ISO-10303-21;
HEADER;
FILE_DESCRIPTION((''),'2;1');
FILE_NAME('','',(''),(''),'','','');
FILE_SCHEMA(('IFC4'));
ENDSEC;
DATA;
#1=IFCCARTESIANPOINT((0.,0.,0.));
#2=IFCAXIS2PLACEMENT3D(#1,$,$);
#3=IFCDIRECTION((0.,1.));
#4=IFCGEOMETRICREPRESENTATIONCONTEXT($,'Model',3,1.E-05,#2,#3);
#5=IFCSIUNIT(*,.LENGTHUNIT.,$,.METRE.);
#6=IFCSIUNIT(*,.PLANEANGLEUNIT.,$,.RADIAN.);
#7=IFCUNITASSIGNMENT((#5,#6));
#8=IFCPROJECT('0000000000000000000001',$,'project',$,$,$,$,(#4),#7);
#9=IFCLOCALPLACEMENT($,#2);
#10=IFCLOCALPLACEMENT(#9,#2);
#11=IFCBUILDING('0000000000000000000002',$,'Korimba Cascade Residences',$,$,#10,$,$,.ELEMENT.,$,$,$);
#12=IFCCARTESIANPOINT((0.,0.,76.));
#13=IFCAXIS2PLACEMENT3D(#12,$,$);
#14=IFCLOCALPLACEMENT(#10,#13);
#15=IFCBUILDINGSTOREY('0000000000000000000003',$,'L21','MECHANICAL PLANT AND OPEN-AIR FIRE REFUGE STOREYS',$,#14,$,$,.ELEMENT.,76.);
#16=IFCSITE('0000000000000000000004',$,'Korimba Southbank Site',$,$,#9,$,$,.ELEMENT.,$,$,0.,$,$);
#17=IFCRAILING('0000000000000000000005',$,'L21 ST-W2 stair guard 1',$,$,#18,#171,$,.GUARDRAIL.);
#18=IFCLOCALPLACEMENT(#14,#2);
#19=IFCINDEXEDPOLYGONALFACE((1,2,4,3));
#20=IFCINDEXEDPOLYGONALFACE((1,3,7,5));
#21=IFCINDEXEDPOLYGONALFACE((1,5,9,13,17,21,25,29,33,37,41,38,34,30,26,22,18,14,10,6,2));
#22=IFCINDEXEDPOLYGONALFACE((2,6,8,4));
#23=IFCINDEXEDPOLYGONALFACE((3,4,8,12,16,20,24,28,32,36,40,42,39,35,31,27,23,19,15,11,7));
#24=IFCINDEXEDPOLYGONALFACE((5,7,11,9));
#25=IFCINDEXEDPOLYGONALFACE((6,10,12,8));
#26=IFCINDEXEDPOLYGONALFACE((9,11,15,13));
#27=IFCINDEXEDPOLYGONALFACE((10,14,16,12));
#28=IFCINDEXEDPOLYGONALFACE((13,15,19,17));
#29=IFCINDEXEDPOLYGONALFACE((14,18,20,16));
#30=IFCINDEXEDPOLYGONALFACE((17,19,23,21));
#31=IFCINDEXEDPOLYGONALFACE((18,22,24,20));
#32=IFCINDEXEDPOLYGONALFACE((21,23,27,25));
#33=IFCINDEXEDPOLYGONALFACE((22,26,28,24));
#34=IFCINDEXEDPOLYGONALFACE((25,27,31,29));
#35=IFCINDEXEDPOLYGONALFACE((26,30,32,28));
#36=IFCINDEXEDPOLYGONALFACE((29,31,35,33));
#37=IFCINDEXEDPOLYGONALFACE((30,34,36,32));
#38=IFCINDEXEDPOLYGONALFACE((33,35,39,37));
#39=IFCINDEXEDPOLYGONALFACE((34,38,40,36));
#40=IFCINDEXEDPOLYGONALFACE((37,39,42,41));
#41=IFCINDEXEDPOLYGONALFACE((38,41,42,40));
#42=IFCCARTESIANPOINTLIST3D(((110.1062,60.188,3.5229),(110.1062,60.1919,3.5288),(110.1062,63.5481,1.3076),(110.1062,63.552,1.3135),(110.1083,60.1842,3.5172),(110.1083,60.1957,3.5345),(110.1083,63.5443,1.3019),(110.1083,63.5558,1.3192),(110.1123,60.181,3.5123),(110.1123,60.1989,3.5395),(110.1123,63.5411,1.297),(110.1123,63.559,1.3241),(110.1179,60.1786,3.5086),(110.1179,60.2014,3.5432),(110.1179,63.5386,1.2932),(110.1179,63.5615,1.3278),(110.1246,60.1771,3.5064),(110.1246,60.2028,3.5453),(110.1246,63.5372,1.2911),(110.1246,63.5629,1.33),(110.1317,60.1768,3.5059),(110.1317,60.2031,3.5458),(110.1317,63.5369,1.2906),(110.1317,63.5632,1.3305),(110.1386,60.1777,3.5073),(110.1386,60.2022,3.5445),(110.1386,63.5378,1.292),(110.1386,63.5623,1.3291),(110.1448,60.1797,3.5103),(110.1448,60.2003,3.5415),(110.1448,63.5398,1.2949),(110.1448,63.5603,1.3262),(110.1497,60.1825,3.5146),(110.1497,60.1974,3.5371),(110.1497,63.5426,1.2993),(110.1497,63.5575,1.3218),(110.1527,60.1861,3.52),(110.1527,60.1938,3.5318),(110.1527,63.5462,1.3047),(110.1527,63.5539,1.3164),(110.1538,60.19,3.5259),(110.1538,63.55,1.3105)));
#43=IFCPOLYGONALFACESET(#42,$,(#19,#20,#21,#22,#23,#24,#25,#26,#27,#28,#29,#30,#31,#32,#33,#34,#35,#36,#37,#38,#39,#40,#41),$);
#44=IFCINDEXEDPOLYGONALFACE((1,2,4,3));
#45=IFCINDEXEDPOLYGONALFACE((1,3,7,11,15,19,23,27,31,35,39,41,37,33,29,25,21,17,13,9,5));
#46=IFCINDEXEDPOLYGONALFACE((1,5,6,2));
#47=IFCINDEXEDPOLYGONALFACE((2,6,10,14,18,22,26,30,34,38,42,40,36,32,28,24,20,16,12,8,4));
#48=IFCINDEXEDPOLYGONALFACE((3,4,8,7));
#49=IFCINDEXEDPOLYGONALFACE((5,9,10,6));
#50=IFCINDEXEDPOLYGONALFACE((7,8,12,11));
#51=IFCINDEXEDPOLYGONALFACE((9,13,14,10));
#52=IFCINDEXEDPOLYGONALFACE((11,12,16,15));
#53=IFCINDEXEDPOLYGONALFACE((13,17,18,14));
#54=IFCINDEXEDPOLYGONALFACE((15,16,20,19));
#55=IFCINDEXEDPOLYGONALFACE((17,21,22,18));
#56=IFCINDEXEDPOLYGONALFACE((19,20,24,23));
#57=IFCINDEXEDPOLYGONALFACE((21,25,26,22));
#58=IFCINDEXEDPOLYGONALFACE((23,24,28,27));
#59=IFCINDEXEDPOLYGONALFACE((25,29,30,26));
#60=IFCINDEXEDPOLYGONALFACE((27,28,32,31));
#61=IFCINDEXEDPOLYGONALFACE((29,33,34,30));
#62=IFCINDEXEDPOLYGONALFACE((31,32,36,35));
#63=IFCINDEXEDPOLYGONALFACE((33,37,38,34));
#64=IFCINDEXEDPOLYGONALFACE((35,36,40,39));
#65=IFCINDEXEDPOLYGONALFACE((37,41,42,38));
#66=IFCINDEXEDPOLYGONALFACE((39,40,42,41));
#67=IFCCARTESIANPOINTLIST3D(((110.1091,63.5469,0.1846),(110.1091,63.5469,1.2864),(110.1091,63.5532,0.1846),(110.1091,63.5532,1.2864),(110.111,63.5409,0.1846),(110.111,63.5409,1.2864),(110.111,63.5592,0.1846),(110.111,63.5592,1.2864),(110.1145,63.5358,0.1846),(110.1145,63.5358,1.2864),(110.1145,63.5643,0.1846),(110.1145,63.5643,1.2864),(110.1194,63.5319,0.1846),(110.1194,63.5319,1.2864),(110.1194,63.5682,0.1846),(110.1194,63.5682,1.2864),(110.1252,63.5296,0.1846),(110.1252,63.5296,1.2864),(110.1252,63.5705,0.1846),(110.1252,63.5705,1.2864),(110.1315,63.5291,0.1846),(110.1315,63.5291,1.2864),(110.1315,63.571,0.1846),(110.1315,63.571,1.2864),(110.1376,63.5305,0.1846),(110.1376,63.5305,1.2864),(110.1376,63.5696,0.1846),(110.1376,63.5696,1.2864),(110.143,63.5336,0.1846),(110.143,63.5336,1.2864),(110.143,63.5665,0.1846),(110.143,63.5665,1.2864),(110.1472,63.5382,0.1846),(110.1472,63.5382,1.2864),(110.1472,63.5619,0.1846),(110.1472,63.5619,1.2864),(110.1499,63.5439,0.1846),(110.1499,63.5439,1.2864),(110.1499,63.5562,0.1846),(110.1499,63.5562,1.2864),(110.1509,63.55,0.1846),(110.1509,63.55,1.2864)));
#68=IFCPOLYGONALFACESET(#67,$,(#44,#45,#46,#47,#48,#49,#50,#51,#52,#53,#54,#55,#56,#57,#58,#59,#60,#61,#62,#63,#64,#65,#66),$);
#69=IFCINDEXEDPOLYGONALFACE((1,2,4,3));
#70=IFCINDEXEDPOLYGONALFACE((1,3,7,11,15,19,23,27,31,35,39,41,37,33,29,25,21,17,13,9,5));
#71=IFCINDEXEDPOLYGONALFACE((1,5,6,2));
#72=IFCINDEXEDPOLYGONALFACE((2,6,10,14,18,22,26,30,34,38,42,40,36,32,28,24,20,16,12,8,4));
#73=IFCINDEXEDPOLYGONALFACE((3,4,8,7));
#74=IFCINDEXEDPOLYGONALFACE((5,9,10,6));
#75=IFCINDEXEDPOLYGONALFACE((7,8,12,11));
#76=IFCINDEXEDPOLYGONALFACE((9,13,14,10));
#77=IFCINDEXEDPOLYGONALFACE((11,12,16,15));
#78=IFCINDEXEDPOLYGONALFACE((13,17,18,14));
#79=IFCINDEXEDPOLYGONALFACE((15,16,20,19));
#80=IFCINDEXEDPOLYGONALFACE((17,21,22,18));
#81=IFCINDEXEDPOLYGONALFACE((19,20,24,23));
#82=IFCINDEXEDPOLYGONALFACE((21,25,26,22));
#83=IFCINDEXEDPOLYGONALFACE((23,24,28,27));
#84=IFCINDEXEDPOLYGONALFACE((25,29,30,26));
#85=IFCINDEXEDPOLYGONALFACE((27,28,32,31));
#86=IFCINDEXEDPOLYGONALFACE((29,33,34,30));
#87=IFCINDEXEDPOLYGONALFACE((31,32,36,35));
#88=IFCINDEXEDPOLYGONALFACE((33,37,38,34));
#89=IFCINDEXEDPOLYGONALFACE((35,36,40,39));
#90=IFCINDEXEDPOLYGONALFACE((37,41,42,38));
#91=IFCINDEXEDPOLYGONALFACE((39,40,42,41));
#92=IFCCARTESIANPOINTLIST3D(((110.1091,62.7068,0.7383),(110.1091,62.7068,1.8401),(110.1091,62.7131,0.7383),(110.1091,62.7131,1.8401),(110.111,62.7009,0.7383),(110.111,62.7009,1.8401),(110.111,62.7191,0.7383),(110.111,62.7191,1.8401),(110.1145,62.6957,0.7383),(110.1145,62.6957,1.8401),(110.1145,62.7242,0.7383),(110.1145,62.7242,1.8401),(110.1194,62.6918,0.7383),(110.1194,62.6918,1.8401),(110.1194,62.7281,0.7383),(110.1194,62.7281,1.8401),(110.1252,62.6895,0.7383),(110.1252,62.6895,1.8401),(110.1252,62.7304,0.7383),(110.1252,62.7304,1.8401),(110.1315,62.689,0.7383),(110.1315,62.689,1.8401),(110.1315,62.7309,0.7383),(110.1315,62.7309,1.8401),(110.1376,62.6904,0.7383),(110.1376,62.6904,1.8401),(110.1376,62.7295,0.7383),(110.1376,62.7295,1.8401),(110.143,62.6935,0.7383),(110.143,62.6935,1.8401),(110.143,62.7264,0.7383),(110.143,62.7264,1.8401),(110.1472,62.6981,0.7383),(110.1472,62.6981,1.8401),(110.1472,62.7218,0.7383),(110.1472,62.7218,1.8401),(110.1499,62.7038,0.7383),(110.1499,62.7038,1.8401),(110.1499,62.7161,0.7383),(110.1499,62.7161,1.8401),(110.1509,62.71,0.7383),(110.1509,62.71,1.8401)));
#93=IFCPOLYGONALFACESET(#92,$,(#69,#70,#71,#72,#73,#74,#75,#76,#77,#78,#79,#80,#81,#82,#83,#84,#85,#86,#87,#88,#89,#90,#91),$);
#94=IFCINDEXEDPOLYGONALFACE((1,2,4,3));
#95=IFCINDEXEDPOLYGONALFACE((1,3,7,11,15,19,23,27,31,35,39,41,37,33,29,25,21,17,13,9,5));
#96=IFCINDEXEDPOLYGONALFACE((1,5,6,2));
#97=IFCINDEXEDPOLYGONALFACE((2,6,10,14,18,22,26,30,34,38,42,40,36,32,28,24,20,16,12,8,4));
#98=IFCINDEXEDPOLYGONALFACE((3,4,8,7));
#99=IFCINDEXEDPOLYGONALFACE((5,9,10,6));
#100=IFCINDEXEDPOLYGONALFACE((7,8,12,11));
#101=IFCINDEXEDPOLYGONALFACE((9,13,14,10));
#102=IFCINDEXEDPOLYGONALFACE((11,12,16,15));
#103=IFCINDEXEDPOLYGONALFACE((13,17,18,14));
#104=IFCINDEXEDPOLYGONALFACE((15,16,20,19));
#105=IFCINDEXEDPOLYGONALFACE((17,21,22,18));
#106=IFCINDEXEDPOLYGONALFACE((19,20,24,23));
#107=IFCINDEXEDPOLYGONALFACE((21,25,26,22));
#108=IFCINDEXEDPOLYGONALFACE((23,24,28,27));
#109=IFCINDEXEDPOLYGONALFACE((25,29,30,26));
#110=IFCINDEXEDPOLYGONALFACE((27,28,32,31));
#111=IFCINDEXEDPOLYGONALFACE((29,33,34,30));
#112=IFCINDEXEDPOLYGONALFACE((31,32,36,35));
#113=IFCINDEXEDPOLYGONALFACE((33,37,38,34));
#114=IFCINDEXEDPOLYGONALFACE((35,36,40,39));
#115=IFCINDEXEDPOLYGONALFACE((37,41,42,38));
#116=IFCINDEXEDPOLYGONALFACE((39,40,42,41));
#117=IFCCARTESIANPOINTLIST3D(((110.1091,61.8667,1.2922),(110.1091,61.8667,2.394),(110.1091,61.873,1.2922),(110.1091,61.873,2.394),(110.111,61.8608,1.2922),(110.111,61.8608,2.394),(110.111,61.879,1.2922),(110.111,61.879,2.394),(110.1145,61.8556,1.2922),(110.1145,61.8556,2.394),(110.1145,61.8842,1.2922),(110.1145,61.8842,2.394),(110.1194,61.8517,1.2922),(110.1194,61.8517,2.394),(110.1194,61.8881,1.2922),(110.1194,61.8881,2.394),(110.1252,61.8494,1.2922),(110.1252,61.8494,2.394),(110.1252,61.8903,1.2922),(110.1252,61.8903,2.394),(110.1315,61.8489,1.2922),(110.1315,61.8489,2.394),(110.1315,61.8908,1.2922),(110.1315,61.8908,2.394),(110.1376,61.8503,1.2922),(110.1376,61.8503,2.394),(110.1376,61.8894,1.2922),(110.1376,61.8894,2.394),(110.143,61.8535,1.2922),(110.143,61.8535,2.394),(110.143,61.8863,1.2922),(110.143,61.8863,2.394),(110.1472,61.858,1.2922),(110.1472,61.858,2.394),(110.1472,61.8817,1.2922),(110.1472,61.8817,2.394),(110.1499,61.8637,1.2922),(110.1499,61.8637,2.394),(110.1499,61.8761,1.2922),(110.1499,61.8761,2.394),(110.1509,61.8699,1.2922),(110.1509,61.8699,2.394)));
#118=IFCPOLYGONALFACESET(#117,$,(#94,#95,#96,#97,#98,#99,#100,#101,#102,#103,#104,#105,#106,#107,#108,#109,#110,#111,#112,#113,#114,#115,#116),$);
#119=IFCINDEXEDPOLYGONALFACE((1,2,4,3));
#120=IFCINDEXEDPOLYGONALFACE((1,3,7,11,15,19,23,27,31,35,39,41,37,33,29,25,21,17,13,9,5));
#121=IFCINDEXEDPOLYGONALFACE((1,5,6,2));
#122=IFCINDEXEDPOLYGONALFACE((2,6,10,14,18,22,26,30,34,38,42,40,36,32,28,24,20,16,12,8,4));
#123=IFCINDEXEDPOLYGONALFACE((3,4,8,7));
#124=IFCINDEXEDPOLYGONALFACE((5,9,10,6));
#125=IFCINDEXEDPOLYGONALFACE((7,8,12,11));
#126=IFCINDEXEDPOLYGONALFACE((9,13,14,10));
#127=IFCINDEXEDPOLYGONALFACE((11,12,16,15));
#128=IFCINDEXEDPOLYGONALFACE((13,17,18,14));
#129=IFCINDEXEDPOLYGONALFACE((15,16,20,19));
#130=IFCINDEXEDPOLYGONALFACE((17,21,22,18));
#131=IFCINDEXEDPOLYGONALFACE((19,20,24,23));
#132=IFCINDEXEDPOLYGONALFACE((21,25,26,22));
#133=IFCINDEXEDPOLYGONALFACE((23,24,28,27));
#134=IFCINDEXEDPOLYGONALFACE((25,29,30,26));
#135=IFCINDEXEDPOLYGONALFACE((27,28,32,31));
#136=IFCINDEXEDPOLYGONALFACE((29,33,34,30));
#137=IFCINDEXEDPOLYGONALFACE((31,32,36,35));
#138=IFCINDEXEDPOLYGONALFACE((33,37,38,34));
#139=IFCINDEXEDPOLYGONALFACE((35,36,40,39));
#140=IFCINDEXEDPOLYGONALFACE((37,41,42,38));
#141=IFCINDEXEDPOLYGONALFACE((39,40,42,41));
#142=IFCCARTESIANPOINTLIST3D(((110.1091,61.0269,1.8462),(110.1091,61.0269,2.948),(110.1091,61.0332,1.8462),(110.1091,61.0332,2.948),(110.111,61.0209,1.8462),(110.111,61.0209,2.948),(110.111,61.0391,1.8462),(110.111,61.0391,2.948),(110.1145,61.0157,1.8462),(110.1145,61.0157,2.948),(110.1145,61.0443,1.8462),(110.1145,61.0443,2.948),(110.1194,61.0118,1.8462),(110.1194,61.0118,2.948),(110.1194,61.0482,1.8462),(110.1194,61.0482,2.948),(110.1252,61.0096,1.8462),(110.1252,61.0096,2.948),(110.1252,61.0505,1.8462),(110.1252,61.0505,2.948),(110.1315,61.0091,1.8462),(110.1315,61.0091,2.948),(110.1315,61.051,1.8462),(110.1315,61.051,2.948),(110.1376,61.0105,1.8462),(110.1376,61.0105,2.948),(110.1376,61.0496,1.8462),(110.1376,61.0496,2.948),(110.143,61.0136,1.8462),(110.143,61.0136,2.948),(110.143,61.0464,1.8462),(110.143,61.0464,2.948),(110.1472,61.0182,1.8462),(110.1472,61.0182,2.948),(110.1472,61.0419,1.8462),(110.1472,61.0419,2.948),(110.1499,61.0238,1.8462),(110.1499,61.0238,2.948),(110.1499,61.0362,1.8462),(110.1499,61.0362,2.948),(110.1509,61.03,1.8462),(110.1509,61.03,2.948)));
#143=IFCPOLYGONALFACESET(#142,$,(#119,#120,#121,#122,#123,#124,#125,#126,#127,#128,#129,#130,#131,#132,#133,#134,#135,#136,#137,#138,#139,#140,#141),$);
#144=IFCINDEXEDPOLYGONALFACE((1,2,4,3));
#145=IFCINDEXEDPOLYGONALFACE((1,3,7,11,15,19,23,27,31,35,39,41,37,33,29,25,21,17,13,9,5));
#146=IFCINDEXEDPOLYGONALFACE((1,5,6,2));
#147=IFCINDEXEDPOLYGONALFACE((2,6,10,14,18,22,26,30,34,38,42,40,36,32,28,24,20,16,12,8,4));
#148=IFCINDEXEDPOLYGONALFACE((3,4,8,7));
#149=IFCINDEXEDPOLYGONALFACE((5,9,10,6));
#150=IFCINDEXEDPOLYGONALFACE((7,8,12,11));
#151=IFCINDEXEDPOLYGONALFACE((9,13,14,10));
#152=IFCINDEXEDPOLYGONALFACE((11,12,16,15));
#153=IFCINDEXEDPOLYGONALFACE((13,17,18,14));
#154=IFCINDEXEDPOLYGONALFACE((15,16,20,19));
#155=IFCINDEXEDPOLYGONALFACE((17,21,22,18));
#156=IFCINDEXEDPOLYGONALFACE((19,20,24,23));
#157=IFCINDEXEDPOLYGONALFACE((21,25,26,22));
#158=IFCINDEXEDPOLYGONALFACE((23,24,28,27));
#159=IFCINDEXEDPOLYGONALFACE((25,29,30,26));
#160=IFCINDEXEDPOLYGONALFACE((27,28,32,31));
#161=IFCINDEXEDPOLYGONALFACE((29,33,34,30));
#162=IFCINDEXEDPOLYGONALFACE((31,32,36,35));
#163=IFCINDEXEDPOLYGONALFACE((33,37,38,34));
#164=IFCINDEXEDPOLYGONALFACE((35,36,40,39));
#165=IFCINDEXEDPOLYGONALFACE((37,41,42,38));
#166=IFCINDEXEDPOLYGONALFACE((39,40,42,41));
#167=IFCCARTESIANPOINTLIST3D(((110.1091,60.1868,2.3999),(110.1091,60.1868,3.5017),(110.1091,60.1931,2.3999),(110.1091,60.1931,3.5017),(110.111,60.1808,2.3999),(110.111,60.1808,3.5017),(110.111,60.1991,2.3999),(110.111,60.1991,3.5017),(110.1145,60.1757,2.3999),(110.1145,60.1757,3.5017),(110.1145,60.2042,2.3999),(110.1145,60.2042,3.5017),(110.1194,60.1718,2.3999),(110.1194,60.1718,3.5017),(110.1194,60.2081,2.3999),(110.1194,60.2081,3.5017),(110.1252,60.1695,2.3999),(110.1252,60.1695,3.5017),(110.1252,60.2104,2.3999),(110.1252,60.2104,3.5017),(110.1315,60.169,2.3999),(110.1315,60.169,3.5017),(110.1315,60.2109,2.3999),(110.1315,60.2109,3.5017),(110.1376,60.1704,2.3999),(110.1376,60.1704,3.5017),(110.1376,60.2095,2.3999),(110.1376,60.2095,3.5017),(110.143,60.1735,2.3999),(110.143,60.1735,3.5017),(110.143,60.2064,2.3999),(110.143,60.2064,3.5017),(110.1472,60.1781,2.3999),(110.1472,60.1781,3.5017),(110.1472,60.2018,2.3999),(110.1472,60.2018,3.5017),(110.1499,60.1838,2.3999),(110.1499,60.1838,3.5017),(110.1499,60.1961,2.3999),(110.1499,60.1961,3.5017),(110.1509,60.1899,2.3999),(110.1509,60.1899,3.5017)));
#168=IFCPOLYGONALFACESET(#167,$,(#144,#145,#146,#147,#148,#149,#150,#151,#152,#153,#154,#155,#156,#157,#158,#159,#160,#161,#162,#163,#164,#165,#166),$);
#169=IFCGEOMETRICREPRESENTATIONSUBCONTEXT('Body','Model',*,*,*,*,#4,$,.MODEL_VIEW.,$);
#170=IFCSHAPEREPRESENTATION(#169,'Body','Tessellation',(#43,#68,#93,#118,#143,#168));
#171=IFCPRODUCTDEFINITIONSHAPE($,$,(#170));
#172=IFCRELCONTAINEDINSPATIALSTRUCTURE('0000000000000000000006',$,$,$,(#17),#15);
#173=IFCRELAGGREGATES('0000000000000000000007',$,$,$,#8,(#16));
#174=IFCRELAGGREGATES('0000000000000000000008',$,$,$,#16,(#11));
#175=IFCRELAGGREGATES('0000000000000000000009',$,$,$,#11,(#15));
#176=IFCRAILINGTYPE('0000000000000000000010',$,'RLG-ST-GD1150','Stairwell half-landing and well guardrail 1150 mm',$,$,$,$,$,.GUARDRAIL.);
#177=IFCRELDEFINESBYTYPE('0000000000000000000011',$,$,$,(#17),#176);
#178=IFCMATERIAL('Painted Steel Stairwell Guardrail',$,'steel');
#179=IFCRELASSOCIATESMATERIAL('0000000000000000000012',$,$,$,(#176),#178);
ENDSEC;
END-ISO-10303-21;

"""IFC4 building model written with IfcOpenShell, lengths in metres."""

from ifc_helpers import new_model, si_unit, direction, frame, origin, origin_2d, place, context, subcontext, project, spatial, circle, extrude, material, type_object, element, save


model = new_model("IFC4")

# Units and contexts
model_context = context("Model", 3, precision=1e-05, world=origin(), true_north=direction((0.0, 1.0)))
body_context = subcontext(model_context, "Body", "Model", "MODEL_VIEW")
ifc_project = project(units=[si_unit("LENGTHUNIT", "METRE"), si_unit("PLANEANGLEUNIT", "RADIAN")], contexts=[model_context])

# Site, building, storey
site_placement = place(None, origin())
site = spatial("IfcSite", under=ifc_project, at=site_placement, Name="Korimba Southbank Site", CompositionType="ELEMENT", RefElevation=0.0)
building_placement = place(site_placement, origin())
building = spatial("IfcBuilding", under=site, at=building_placement, Name="Korimba Cascade Residences", CompositionType="ELEMENT")
storey_placement = place(building_placement, frame((0.0, 0.0, 76.0)))
storey = spatial("IfcBuildingStorey", under=building, at=storey_placement, Name="L21", Description="MECHANICAL PLANT AND OPEN-AIR FIRE REFUGE STOREYS", CompositionType="ELEMENT", Elevation=76.0)

# Railing
ifc_material_1 = material(Name="Painted Steel Stairwell Guardrail", Category="steel")
railing_type_1 = type_object("IfcRailingType", Name="RLG-ST-GD1150", Description="Stairwell half-landing and well guardrail 1150 mm", PredefinedType="GUARDRAIL", material=ifc_material_1)
railing_1_placement = place(storey_placement, frame((110.1299, 63.55, 0.1846)))
element("IfcRailing", 1, at=railing_1_placement, inside=storey, type_object=railing_type_1, Name="L21 ST-W2 stair guard 1", PredefinedType="GUARDRAIL", context=body_context, shape_type="SweptSolid", body=[
    extrude(circle(Radius=0.0239, at=origin_2d()), frame((0.0, 0.0, 1.126), z_axis=(0.0, -0.834876, 0.550437), x_axis=(1.0, 0.0, 0.0)), (0.0, 0.0, 1.0), 4.0247),
    extrude(circle(Radius=0.021, at=origin_2d()), origin(), (0.0, 0.0, 1.0), 1.1018),
    extrude(circle(Radius=0.021, at=origin_2d()), frame((0.0, -0.8401, 0.5537)), (0.0, 0.0, 1.0), 1.1018),
    extrude(circle(Radius=0.021, at=origin_2d()), frame((0.0, -1.6802, 1.1077)), (0.0, 0.0, 1.0), 1.1018),
    extrude(circle(Radius=0.021, at=origin_2d()), frame((0.0, -2.52, 1.6616)), (0.0, 0.0, 1.0), 1.1018),
    extrude(circle(Radius=0.021, at=origin_2d()), frame((0.0, -3.3601, 2.2153)), (0.0, 0.0, 1.0), 1.1018),
])

save(model, "model.ifc")
